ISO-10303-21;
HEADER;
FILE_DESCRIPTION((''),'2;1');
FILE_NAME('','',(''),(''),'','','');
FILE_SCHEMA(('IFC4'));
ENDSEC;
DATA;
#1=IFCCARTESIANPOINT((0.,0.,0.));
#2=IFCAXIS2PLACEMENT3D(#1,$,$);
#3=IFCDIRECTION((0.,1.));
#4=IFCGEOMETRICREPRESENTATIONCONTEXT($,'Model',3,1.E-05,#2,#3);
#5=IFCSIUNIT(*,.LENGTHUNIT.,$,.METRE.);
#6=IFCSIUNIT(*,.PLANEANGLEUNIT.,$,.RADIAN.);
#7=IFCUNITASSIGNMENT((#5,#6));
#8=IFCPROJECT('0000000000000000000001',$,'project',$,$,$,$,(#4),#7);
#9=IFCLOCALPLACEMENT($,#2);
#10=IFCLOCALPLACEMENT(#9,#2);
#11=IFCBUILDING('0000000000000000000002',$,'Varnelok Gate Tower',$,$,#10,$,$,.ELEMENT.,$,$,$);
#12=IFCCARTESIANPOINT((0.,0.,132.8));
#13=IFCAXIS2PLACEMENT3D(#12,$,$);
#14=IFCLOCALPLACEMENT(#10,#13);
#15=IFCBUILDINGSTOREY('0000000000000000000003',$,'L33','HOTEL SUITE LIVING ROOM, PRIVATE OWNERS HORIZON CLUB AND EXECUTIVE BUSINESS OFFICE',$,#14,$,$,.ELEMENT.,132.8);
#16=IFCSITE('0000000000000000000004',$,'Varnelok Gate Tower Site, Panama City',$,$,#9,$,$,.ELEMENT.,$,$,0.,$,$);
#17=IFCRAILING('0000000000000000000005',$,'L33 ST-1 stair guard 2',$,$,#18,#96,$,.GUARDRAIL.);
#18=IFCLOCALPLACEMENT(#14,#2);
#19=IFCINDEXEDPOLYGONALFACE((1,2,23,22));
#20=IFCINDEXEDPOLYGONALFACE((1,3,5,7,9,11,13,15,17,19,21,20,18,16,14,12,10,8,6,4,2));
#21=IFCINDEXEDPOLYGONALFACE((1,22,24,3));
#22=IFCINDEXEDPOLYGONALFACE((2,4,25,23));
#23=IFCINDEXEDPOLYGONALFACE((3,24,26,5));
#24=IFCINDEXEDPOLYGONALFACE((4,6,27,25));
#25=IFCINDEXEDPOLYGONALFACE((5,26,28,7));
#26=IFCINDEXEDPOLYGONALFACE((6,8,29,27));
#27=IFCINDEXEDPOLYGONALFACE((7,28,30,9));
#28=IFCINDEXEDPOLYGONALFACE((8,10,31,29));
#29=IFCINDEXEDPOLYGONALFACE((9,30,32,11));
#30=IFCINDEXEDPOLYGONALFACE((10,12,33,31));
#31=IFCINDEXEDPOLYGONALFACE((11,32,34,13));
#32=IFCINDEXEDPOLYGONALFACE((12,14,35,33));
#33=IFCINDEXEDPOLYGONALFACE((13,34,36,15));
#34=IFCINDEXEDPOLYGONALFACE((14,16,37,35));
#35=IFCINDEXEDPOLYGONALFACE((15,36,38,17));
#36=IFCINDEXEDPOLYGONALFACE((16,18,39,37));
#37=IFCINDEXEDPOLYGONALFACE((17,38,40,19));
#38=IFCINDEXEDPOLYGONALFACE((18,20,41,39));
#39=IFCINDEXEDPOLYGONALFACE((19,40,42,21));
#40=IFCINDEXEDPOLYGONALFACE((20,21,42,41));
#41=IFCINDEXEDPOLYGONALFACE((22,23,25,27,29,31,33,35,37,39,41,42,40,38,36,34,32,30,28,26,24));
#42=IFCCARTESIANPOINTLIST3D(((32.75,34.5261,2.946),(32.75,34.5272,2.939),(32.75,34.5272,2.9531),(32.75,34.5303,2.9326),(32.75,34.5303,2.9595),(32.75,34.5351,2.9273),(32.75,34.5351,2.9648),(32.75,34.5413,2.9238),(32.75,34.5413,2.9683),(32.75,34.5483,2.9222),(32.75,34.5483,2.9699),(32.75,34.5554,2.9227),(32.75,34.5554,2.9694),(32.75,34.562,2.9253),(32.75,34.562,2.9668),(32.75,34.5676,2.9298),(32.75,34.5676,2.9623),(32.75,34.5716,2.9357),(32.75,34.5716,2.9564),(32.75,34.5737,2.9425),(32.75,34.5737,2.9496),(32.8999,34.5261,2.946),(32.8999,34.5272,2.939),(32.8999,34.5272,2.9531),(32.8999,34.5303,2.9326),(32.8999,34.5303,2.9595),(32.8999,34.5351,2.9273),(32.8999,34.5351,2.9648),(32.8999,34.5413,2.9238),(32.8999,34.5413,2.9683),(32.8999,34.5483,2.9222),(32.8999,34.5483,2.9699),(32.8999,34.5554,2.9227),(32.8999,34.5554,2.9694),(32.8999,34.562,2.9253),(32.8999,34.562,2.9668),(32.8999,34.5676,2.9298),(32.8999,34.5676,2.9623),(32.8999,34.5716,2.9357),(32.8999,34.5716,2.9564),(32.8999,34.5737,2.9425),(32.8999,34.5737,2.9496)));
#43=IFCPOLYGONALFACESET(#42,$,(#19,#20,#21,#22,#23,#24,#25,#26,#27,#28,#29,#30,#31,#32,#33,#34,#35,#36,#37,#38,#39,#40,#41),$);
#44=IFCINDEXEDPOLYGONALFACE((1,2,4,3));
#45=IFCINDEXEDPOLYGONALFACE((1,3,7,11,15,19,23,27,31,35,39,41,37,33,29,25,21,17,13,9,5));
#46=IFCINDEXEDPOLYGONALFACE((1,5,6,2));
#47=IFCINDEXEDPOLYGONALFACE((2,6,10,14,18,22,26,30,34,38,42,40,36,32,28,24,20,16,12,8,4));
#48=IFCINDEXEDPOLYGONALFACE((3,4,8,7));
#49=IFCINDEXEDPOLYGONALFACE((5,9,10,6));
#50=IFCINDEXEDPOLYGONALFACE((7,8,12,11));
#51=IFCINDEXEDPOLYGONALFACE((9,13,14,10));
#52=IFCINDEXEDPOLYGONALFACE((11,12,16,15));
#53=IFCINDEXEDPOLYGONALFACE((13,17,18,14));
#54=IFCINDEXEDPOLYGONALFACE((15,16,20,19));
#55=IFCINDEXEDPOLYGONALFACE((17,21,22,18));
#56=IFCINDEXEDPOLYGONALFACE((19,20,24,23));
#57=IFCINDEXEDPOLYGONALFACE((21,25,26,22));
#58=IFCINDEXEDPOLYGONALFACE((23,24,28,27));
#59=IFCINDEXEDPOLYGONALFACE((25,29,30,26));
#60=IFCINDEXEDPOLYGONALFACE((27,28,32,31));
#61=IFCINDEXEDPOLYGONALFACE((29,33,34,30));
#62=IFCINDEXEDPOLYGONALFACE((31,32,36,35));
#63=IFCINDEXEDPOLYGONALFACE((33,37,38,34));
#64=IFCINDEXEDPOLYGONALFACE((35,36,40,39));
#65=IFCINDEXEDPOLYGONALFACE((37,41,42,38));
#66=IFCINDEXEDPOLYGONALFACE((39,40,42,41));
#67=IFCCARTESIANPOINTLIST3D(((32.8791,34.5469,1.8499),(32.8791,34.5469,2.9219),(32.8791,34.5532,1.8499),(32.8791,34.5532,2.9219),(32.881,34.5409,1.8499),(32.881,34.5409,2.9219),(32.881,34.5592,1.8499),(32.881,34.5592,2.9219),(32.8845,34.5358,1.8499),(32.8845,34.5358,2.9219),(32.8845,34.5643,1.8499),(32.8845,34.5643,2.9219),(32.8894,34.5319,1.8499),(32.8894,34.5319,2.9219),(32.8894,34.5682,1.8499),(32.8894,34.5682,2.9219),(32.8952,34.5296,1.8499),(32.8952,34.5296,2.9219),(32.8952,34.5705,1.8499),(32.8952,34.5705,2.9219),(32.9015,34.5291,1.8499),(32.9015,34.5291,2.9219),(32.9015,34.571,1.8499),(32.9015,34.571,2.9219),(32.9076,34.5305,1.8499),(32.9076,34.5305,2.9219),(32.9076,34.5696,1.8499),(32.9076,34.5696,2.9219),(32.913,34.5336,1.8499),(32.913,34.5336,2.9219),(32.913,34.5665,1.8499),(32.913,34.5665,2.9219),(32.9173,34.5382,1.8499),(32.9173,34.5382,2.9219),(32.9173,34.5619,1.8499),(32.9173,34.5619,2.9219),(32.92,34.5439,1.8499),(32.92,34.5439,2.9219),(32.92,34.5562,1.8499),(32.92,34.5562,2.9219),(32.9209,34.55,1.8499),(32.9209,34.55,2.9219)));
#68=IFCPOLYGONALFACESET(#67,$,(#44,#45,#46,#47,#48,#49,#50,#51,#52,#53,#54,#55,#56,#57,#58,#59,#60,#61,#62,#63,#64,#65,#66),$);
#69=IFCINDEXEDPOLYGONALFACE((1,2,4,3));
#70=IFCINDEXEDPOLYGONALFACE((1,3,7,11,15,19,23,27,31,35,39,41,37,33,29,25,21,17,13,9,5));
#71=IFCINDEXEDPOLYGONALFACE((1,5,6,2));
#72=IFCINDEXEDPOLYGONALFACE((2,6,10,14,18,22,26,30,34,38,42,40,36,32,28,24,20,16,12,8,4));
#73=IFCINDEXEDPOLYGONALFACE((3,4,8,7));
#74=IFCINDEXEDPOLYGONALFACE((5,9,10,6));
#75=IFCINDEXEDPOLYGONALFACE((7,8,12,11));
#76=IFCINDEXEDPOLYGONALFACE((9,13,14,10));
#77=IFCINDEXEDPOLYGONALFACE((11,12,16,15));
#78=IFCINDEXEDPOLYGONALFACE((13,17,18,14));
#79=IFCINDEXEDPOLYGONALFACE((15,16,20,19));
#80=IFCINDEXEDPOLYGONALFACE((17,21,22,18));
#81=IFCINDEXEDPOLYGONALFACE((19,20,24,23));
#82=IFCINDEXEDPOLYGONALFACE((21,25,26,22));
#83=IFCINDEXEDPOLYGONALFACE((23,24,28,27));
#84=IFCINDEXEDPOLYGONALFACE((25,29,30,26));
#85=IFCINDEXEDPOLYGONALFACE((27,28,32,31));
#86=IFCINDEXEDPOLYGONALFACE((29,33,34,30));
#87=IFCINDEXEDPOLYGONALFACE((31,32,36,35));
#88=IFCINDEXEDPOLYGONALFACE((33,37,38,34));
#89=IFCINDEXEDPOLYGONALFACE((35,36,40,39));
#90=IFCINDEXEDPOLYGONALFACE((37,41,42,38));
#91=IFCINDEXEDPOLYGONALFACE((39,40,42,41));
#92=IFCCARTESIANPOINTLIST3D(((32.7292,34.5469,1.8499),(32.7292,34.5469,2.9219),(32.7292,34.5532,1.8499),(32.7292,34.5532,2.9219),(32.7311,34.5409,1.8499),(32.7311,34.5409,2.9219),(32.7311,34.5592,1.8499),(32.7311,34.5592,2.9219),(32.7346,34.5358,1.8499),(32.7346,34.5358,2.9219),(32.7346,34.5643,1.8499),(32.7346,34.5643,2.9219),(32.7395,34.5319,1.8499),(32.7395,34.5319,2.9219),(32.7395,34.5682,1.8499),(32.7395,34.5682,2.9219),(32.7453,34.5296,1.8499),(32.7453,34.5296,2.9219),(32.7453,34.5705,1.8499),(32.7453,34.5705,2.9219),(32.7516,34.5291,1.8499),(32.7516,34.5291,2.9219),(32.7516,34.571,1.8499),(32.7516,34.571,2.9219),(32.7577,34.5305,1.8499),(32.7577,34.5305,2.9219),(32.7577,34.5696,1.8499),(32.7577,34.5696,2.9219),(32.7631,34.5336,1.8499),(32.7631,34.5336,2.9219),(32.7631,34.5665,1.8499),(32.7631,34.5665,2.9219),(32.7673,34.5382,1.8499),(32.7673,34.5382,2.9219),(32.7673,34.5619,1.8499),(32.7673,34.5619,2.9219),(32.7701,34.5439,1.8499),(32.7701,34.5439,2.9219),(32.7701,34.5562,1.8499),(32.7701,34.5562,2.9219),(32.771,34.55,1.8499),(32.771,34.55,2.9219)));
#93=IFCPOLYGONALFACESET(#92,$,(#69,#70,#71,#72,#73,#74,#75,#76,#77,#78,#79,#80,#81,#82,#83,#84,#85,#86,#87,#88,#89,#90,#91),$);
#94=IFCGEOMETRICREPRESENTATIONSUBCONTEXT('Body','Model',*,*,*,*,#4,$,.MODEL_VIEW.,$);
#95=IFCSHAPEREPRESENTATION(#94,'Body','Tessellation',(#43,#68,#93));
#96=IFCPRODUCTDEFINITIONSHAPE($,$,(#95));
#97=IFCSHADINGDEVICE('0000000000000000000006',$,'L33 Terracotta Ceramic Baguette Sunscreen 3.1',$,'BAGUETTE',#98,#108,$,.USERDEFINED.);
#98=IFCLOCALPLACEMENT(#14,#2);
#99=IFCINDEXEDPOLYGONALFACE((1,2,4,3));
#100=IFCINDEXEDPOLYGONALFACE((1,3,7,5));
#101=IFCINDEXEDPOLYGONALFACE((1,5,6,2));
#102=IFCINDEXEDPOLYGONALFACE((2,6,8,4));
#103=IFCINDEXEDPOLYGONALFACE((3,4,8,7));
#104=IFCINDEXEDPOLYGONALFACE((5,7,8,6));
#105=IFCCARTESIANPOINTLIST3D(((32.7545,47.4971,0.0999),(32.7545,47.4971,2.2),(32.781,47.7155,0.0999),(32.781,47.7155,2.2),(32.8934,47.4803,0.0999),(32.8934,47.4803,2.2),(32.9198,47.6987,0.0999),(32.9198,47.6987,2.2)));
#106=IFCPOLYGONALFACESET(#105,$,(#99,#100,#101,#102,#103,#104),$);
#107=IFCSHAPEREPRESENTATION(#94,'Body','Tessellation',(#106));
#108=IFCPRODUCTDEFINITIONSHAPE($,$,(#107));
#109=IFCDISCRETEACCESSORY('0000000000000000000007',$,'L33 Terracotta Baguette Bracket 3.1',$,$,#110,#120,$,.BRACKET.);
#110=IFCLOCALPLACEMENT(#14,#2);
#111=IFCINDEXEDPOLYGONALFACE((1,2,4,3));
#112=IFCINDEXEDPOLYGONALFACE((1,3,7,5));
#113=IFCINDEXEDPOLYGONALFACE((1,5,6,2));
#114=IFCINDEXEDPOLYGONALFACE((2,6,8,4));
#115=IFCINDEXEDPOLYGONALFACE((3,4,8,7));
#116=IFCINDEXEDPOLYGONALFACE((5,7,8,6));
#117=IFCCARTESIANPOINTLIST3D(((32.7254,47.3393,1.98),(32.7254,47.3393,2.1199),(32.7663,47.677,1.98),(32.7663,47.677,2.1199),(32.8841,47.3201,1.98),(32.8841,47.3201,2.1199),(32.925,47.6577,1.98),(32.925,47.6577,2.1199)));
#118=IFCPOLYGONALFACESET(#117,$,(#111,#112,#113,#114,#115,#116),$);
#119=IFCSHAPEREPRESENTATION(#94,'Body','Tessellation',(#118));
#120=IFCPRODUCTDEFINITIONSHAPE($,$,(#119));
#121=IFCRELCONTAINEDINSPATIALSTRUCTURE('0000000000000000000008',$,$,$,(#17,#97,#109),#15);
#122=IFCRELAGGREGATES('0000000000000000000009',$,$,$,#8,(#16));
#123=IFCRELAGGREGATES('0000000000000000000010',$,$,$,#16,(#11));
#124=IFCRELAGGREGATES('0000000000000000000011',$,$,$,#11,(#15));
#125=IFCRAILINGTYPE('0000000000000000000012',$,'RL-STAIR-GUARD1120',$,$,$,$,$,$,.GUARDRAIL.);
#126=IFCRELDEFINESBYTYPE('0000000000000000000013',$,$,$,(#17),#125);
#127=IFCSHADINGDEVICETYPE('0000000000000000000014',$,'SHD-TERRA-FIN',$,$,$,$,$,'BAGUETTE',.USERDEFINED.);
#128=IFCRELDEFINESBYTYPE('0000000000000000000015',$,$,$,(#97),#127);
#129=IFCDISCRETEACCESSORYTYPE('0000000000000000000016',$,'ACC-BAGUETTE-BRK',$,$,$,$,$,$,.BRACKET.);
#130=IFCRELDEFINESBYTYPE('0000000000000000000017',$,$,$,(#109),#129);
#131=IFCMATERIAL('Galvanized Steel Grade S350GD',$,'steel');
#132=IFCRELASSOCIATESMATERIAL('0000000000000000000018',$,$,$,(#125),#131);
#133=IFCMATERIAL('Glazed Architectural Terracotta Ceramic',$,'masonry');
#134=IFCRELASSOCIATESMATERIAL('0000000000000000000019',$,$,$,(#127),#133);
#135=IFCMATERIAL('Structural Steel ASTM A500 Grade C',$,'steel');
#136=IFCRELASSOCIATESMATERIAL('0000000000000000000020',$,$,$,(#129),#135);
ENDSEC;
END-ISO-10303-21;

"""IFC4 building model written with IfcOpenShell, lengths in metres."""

from ifc_helpers import new_model, si_unit, direction, frame, origin, origin_2d, place, context, subcontext, project, spatial, rectangle, circle, extrude, source, transform, mapped, material, type_object, element, save


model = new_model("IFC4")

# Units and contexts
model_context = context("Model", 3, precision=1e-05, world=origin(), true_north=direction((0.0, 1.0)))
body_context = subcontext(model_context, "Body", "Model", "MODEL_VIEW")
ifc_project = project(units=[si_unit("LENGTHUNIT", "METRE"), si_unit("PLANEANGLEUNIT", "RADIAN")], contexts=[model_context])

# Site, building, storey
site_placement = place(None, origin())
site = spatial("IfcSite", under=ifc_project, at=site_placement, Name="Varnelok Gate Tower Site, Panama City", CompositionType="ELEMENT", RefElevation=0.0)
building_placement = place(site_placement, origin())
building = spatial("IfcBuilding", under=site, at=building_placement, Name="Varnelok Gate Tower", CompositionType="ELEMENT")
storey_placement = place(building_placement, frame((0.0, 0.0, 132.8)))
storey = spatial("IfcBuildingStorey", under=building, at=storey_placement, Name="L33", Description="HOTEL SUITE LIVING ROOM, PRIVATE OWNERS HORIZON CLUB AND EXECUTIVE BUSINESS OFFICE", CompositionType="ELEMENT", Elevation=132.8)

# Railing
ifc_material_1 = material(Name="Galvanized Steel Grade S350GD", Category="steel")
railing_type_1 = type_object("IfcRailingType", Name="RL-STAIR-GUARD1120", PredefinedType="GUARDRAIL", material=ifc_material_1)
railing_1_placement = place(storey_placement, frame((32.8999, 34.55, 1.8499)))
element("IfcRailing", 1, at=railing_1_placement, inside=storey, type_object=railing_type_1, Name="L33 ST-1 stair guard 2", PredefinedType="GUARDRAIL", context=body_context, shape_type="SweptSolid", body=[
    extrude(circle(Radius=0.0239, at=origin_2d()), frame((0.0, 0.0, 1.0962), z_axis=(-1.0, 0.0, 0.0), x_axis=(0.0, -1.0, 0.0)), (0.0, 0.0, 1.0), 0.1499),
    extrude(circle(Radius=0.021, at=origin_2d()), origin(), (0.0, 0.0, 1.0), 1.072),
    extrude(circle(Radius=0.021, at=origin_2d()), frame((-0.1499, 0.0, 0.0)), (0.0, 0.0, 1.0), 1.072),
])

# Shading device
ifc_material_2 = material(Name="Glazed Architectural Terracotta Ceramic", Category="masonry")
shading_device_type = type_object("IfcShadingDeviceType", Name="SHD-TERRA-FIN", ElementType="BAGUETTE", PredefinedType="USERDEFINED", material=ifc_material_2)
shared_shape_1 = source(origin(), body_context, "Body", "SweptSolid", [
    extrude(rectangle(XDim=0.1399, YDim=0.22, at=origin_2d()), origin(), (0.0, 0.0, 1.0), 2.1001),
])
shading_device_placement = place(storey_placement, frame((32.8372, 47.5979, 0.0999), z_axis=(0.0, 0.0, 1.0), x_axis=(0.992732, -0.120345, 0.0)))
element("IfcShadingDevice", 2, at=shading_device_placement, inside=storey, type_object=shading_device_type, Name="L33 Terracotta Ceramic Baguette Sunscreen 3.1", ObjectType="BAGUETTE", PredefinedType="USERDEFINED", context=body_context, shape_type="MappedRepresentation", body=[
    mapped(shared_shape_1, transform((0.0, 0.0, 0.0), scale=1.0)),
])

# Discrete accessory
ifc_material_3 = material(Name="Structural Steel ASTM A500 Grade C", Category="steel")
discrete_accessory_type = type_object("IfcDiscreteAccessoryType", Name="ACC-BAGUETTE-BRK", PredefinedType="BRACKET", material=ifc_material_3)
shared_shape_2 = source(origin(), body_context, "Body", "SweptSolid", [
    extrude(rectangle(XDim=0.1599, YDim=0.3401, at=origin_2d()), origin(), (0.0, 0.0, 1.0), 0.1399),
])
discrete_accessory_placement = place(storey_placement, frame((32.8252, 47.4985, 1.98), z_axis=(0.0, 0.0, 1.0), x_axis=(0.992732, -0.120345, 0.0)))
element("IfcDiscreteAccessory", 3, at=discrete_accessory_placement, inside=storey, type_object=discrete_accessory_type, Name="L33 Terracotta Baguette Bracket 3.1", PredefinedType="BRACKET", context=body_context, shape_type="MappedRepresentation", body=[
    mapped(shared_shape_2, transform((0.0, 0.0, 0.0), scale=1.0)),
])

save(model, "model.ifc")
